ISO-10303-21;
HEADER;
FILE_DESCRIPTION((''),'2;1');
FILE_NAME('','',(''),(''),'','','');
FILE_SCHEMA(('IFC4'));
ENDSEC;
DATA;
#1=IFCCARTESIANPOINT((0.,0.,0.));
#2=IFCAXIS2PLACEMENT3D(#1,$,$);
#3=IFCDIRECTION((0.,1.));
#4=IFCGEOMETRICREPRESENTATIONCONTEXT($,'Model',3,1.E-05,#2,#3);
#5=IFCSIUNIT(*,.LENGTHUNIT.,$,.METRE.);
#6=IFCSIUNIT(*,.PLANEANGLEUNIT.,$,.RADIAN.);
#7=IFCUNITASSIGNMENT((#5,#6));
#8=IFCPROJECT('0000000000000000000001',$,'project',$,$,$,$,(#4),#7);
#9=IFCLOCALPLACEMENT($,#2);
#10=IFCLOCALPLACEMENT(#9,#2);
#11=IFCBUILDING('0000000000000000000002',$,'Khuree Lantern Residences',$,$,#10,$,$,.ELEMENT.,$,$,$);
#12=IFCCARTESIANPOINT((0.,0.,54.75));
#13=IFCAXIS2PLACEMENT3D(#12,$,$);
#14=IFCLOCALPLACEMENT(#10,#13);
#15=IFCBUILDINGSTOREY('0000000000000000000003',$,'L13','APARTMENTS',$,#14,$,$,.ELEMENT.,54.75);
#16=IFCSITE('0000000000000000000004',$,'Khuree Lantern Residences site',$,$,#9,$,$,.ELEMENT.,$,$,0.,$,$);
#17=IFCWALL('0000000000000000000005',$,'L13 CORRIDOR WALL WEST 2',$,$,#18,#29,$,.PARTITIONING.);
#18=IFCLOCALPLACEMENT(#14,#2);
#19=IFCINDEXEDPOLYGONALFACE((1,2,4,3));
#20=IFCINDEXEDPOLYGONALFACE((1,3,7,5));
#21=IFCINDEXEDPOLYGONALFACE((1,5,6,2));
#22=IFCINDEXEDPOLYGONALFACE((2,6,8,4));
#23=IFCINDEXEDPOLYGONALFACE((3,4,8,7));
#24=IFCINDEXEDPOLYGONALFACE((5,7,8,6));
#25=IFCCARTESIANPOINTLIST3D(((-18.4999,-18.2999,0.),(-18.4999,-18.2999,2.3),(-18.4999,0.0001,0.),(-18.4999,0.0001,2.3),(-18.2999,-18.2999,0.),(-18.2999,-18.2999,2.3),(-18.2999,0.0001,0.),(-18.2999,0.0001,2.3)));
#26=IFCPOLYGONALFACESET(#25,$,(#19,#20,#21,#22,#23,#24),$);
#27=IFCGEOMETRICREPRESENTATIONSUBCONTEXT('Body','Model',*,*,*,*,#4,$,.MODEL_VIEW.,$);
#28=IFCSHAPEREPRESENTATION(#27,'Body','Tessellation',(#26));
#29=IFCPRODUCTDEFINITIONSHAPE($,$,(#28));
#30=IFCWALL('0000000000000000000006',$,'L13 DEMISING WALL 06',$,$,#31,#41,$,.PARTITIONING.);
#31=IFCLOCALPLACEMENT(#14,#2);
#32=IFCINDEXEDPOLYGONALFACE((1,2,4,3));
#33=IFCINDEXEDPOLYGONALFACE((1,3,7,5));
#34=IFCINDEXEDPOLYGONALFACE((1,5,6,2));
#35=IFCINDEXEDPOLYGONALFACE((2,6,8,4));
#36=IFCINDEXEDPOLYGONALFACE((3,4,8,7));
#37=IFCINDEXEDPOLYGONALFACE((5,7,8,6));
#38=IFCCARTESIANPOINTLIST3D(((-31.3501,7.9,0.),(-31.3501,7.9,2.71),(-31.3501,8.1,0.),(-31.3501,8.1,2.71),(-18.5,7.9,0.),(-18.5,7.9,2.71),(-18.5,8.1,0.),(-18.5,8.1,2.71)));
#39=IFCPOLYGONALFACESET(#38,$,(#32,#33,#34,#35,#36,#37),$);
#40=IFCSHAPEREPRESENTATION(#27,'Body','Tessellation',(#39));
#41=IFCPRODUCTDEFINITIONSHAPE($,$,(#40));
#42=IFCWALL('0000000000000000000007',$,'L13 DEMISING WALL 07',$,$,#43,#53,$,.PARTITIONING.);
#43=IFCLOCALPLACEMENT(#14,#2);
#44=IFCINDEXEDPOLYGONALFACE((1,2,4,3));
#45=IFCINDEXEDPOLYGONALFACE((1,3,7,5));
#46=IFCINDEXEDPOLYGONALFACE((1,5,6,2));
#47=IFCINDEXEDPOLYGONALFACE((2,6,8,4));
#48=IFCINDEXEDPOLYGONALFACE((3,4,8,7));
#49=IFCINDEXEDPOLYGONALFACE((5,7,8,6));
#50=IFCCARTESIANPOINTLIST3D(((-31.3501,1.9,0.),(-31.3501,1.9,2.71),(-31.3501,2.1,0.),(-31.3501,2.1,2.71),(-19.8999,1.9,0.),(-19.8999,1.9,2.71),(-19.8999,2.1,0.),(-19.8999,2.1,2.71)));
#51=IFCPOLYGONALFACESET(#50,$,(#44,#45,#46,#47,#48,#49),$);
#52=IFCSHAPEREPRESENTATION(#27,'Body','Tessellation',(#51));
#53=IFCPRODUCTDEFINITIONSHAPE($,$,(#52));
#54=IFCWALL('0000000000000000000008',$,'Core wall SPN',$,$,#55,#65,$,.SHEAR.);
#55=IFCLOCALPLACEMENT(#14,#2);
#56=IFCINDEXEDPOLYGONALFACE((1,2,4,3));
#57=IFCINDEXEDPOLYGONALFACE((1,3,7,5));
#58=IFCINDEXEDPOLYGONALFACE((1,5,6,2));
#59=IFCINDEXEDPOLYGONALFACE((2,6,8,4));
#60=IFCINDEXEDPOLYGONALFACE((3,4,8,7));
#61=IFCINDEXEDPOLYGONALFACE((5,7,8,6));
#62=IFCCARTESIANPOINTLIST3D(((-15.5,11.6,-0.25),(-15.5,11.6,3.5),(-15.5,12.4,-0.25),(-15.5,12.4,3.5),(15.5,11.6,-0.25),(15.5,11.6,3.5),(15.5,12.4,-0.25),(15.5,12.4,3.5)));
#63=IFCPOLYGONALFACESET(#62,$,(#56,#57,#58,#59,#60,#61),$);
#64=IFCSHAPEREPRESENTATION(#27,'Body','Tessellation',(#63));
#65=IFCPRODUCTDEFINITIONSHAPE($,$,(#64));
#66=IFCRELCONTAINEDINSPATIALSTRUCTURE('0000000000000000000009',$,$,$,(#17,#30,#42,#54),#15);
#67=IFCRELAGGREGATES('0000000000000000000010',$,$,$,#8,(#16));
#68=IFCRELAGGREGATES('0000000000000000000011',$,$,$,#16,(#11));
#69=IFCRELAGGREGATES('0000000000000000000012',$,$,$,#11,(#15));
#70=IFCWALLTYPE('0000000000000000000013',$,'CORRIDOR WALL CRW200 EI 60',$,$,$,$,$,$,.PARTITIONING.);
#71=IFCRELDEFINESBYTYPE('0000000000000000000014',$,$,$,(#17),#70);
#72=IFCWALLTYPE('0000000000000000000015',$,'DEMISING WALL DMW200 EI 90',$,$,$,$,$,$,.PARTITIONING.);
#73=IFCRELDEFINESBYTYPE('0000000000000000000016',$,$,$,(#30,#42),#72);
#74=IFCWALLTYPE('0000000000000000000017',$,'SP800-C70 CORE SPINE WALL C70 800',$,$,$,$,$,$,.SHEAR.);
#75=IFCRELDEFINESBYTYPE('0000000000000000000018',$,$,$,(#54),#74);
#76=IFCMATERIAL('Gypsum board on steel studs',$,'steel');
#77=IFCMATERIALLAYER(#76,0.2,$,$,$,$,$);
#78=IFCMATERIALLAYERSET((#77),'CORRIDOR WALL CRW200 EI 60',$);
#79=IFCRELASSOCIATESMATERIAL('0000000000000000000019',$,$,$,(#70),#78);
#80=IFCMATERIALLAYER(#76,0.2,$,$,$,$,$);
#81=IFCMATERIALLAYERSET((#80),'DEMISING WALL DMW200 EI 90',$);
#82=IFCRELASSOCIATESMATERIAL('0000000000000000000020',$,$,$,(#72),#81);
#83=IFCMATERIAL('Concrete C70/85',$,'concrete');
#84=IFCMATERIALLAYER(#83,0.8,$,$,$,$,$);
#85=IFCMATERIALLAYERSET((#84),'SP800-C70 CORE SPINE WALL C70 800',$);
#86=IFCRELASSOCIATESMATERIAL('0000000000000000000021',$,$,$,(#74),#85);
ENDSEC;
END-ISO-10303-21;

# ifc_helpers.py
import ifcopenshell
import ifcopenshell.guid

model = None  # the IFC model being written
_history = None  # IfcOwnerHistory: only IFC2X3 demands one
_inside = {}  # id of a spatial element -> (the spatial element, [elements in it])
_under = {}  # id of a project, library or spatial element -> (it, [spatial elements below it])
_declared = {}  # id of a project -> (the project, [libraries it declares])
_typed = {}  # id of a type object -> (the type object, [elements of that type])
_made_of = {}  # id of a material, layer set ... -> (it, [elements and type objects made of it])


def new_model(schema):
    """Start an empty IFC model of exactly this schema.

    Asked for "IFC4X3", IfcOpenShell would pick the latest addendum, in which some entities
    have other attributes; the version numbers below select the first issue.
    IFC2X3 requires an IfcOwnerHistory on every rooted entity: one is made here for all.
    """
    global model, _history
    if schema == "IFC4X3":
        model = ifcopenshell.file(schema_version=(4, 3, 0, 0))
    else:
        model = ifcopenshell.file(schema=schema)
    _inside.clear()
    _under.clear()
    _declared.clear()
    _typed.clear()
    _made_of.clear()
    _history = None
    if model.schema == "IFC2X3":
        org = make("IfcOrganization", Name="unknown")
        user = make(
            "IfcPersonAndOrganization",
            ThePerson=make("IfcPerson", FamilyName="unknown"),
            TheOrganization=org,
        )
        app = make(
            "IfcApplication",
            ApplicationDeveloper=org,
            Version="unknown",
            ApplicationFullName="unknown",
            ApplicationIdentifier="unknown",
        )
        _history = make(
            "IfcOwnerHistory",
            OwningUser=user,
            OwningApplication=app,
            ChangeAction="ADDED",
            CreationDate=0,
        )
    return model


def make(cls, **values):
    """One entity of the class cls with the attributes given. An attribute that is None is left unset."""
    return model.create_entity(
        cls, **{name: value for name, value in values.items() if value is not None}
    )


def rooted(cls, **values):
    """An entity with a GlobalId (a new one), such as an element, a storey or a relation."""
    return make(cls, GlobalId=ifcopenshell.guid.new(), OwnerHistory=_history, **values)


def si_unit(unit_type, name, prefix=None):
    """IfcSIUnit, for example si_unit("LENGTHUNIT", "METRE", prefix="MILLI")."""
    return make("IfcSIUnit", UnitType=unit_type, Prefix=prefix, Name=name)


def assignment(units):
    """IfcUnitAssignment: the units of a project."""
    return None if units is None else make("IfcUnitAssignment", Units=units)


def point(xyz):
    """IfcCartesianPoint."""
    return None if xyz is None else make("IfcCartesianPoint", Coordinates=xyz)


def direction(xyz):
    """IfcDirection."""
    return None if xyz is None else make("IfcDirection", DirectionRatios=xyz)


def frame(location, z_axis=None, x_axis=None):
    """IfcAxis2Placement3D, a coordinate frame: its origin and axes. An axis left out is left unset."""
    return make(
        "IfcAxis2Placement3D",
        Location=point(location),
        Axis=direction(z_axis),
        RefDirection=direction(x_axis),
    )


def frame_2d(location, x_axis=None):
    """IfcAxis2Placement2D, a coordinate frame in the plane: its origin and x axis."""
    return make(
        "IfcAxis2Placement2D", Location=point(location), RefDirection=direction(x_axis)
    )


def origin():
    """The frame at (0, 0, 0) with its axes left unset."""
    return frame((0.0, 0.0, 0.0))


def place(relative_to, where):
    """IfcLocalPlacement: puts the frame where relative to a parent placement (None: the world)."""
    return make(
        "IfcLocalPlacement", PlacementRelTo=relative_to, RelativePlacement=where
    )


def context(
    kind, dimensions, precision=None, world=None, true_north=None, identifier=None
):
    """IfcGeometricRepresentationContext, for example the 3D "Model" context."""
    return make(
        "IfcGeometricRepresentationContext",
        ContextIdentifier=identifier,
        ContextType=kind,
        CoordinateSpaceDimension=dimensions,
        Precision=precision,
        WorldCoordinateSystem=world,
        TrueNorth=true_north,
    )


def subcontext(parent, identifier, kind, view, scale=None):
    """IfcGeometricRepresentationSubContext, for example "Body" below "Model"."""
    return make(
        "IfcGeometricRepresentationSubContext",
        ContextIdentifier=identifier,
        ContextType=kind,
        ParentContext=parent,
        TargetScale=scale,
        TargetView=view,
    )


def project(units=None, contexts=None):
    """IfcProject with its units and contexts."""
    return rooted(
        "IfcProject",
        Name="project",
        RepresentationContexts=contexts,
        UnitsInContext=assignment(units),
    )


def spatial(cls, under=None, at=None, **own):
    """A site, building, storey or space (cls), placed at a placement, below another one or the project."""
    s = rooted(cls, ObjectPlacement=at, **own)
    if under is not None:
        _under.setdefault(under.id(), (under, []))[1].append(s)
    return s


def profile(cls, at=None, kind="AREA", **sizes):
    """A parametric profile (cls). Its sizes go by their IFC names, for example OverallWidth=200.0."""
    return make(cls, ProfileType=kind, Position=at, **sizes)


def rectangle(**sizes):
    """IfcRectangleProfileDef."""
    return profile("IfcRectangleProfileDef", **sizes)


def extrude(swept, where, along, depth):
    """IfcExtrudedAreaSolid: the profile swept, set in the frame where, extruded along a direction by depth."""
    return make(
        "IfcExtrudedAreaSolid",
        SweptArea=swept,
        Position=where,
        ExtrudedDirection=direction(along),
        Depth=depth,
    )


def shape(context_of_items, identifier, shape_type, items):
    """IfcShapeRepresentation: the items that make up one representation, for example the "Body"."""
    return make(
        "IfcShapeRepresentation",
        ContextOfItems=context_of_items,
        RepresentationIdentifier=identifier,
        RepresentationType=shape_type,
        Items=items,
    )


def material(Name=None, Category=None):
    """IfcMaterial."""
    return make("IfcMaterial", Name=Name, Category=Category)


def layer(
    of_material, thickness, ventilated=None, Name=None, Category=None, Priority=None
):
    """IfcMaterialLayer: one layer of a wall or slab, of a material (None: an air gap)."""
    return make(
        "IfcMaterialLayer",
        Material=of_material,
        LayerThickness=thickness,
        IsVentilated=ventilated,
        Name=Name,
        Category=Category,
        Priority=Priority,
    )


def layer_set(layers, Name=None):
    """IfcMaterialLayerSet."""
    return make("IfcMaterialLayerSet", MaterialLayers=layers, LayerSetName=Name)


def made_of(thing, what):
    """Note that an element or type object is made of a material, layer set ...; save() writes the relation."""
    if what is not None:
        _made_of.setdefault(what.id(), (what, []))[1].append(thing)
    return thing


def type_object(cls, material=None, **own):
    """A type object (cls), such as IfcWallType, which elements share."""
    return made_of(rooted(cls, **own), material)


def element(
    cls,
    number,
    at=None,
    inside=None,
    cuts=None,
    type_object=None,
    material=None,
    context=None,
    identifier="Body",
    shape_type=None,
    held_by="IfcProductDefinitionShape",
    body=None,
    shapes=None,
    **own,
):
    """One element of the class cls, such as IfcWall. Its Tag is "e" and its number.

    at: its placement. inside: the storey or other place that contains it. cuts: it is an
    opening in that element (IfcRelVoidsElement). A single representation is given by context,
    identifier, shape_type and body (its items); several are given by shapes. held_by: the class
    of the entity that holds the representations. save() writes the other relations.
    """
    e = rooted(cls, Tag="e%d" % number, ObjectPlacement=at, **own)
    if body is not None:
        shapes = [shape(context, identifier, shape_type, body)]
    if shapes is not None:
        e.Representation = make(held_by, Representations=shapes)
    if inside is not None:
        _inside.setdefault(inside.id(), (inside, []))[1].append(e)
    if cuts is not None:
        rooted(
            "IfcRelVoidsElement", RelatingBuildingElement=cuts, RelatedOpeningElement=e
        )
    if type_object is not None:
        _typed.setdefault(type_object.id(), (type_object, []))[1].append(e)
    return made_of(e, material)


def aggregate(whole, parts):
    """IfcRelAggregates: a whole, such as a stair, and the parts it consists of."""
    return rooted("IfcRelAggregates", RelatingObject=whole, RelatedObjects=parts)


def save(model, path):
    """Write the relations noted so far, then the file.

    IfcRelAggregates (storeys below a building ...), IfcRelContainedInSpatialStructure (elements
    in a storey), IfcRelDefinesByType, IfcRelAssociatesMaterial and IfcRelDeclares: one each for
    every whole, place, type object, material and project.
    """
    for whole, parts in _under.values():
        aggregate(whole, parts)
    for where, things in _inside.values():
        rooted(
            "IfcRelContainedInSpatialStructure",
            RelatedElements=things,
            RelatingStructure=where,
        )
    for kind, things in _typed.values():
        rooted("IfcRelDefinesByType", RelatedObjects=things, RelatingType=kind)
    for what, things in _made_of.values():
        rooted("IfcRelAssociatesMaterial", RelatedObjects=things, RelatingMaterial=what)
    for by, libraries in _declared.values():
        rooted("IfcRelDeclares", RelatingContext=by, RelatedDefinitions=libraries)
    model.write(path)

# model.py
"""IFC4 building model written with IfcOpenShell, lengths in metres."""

from ifc_helpers import new_model, si_unit, direction, frame, frame_2d, origin, place, context, subcontext, project, spatial, rectangle, extrude, material, layer, layer_set, type_object, element, save


model = new_model("IFC4")

# Units and contexts
model_context = context("Model", 3, precision=1e-05, world=origin(), true_north=direction((0.0, 1.0)))
body_context = subcontext(model_context, "Body", "Model", "MODEL_VIEW")
ifc_project = project(units=[si_unit("LENGTHUNIT", "METRE"), si_unit("PLANEANGLEUNIT", "RADIAN")], contexts=[model_context])

# Site, building, storey
site_placement = place(None, origin())
site = spatial("IfcSite", under=ifc_project, at=site_placement, Name="Khuree Lantern Residences site", CompositionType="ELEMENT", RefElevation=0.0)
building_placement = place(site_placement, origin())
building = spatial("IfcBuilding", under=site, at=building_placement, Name="Khuree Lantern Residences", CompositionType="ELEMENT")
storey_placement = place(building_placement, frame((0.0, 0.0, 54.75)))
storey = spatial("IfcBuildingStorey", under=building, at=storey_placement, Name="L13", Description="APARTMENTS", CompositionType="ELEMENT", Elevation=54.75)

# Shared definitions
ifc_material_1 = material(Name="Concrete C70/85", Category="concrete")

# Shared definitions
ifc_material_2 = material(Name="Gypsum board on steel studs", Category="steel")
ifc_layer_1 = layer(ifc_material_2, 0.2)
ifc_layer_set_1 = layer_set([ifc_layer_1], Name="CORRIDOR WALL CRW200 EI 60")
wall_type_1 = type_object("IfcWallType", Name="CORRIDOR WALL CRW200 EI 60", PredefinedType="PARTITIONING", material=ifc_layer_set_1)

# Walls
wall_1_placement = place(storey_placement, frame((-18.3999, 0.0, 0.0), z_axis=(0.0, 0.0, 1.0), x_axis=(0.0, -1.0, 0.0)))
element("IfcWall", 1, at=wall_1_placement, inside=storey, type_object=wall_type_1, Name="L13 CORRIDOR WALL WEST 2", PredefinedType="PARTITIONING", context=body_context, shape_type="SweptSolid", body=[
    extrude(rectangle(XDim=18.3, YDim=0.2, at=frame_2d((9.1499, 0.0))), origin(), (0.0, 0.0, 1.0), 2.3),
])
ifc_layer_2 = layer(ifc_material_2, 0.2)
ifc_layer_set_2 = layer_set([ifc_layer_2], Name="DEMISING WALL DMW200 EI 90")
wall_type_2 = type_object("IfcWallType", Name="DEMISING WALL DMW200 EI 90", PredefinedType="PARTITIONING", material=ifc_layer_set_2)
wall_2_placement = place(storey_placement, frame((-18.5, 8.0, 0.0), z_axis=(0.0, 0.0, 1.0), x_axis=(-1.0, 0.0, 0.0)))
element("IfcWall", 2, at=wall_2_placement, inside=storey, type_object=wall_type_2, Name="L13 DEMISING WALL 06", PredefinedType="PARTITIONING", context=body_context, shape_type="SweptSolid", body=[
    extrude(rectangle(XDim=12.8501, YDim=0.2, at=frame_2d((6.425, 0.0))), origin(), (0.0, 0.0, 1.0), 2.71),
])
wall_3_placement = place(storey_placement, frame((-19.8999, 2.0, 0.0), z_axis=(0.0, 0.0, 1.0), x_axis=(-1.0, 0.0, 0.0)))
element("IfcWall", 3, at=wall_3_placement, inside=storey, type_object=wall_type_2, Name="L13 DEMISING WALL 07", PredefinedType="PARTITIONING", context=body_context, shape_type="SweptSolid", body=[
    extrude(rectangle(XDim=11.4502, YDim=0.2, at=frame_2d((5.7251, 0.0))), origin(), (0.0, 0.0, 1.0), 2.71),
])
ifc_layer_3 = layer(ifc_material_1, 0.8)
ifc_layer_set_3 = layer_set([ifc_layer_3], Name="SP800-C70 CORE SPINE WALL C70 800")
wall_type_3 = type_object("IfcWallType", Name="SP800-C70 CORE SPINE WALL C70 800", PredefinedType="SHEAR", material=ifc_layer_set_3)
wall_4_placement = place(storey_placement, frame((-15.5, 12.0, -0.25), z_axis=(0.0, 0.0, 1.0), x_axis=(1.0, 0.0, 0.0)))
element("IfcWall", 4, at=wall_4_placement, inside=storey, type_object=wall_type_3, Name="Core wall SPN", PredefinedType="SHEAR", context=body_context, shape_type="SweptSolid", body=[
    extrude(rectangle(XDim=31.0, YDim=0.8, at=frame_2d((15.5, 0.0))), origin(), (0.0, 0.0, 1.0), 3.75),
])

save(model, "model.ifc")
